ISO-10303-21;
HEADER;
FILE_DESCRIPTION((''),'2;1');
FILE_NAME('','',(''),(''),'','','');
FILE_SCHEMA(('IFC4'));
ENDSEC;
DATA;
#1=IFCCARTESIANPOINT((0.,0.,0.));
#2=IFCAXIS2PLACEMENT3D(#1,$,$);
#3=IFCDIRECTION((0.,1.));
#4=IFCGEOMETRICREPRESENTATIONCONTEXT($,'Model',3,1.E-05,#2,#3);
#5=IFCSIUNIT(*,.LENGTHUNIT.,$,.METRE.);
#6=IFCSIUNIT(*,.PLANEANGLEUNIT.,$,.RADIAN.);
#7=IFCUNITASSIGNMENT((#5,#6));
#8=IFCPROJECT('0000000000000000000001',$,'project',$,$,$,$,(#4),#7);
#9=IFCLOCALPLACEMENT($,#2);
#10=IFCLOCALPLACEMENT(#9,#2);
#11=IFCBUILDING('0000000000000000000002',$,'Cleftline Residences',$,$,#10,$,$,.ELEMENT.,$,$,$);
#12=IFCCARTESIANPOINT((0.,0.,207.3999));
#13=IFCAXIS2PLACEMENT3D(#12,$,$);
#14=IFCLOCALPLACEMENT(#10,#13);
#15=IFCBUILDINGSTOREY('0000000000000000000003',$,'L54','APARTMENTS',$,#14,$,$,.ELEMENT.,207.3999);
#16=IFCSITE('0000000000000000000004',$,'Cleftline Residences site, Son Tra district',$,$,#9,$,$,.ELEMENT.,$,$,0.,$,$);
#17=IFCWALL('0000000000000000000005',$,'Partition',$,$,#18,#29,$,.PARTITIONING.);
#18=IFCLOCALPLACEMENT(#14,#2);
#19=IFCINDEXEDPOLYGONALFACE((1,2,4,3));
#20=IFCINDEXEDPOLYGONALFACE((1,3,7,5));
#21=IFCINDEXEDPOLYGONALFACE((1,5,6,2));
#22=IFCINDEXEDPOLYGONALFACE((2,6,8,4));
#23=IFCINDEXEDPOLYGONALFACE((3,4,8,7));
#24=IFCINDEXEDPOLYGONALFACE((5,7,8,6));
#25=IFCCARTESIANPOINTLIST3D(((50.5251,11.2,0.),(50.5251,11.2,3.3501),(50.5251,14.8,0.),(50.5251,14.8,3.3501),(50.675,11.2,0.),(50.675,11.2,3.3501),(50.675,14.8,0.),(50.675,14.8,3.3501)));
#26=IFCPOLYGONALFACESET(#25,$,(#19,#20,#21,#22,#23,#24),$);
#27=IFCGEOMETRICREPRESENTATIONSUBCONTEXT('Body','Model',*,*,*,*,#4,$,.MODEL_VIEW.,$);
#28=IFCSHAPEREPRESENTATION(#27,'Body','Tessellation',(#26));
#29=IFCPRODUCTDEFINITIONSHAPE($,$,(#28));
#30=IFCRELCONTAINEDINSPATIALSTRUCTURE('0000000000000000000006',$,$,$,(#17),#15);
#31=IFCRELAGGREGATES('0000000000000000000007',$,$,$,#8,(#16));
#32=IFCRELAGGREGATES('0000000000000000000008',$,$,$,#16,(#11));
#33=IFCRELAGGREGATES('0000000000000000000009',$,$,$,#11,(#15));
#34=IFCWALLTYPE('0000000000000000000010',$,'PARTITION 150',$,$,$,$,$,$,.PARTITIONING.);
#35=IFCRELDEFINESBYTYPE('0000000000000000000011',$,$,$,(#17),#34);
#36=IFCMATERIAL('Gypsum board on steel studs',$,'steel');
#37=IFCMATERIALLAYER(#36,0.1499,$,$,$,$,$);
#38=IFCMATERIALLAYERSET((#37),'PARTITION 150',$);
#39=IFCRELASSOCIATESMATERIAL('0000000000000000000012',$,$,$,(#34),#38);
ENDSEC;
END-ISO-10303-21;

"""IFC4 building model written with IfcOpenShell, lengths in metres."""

from ifc_helpers import new_model, si_unit, direction, frame, frame_2d, origin, place, context, subcontext, project, spatial, rectangle, extrude, material, layer, layer_set, type_object, element, save


model = new_model("IFC4")

# Units and contexts
model_context = context("Model", 3, precision=1e-05, world=origin(), true_north=direction((0.0, 1.0)))
body_context = subcontext(model_context, "Body", "Model", "MODEL_VIEW")
ifc_project = project(units=[si_unit("LENGTHUNIT", "METRE"), si_unit("PLANEANGLEUNIT", "RADIAN")], contexts=[model_context])

# Site, building, storey
site_placement = place(None, origin())
site = spatial("IfcSite", under=ifc_project, at=site_placement, Name="Cleftline Residences site, Son Tra district", CompositionType="ELEMENT", RefElevation=0.0)
building_placement = place(site_placement, origin())
building = spatial("IfcBuilding", under=site, at=building_placement, Name="Cleftline Residences", CompositionType="ELEMENT")
storey_placement = place(building_placement, frame((0.0, 0.0, 207.3999)))
storey = spatial("IfcBuildingStorey", under=building, at=storey_placement, Name="L54", Description="APARTMENTS", CompositionType="ELEMENT", Elevation=207.3999)

# Shared definitions
ifc_material_1 = material(Name="Gypsum board on steel studs", Category="steel")
ifc_layer_1 = layer(ifc_material_1, 0.1499)
ifc_layer_set_1 = layer_set([ifc_layer_1], Name="PARTITION 150")
wall_type = type_object("IfcWallType", Name="PARTITION 150", PredefinedType="PARTITIONING", material=ifc_layer_set_1)

# Wall
wall_1_placement = place(storey_placement, frame((50.6001, 11.2, 0.0), z_axis=(0.0, 0.0, 1.0), x_axis=(0.0, 1.0, 0.0)))
element("IfcWall", 1, at=wall_1_placement, inside=storey, type_object=wall_type, Name="Partition", PredefinedType="PARTITIONING", context=body_context, shape_type="SweptSolid", body=[
    extrude(rectangle(XDim=3.6001, YDim=0.1499, at=frame_2d((1.8, 0.0))), origin(), (0.0, 0.0, 1.0), 3.3501),
])

save(model, "model.ifc")
